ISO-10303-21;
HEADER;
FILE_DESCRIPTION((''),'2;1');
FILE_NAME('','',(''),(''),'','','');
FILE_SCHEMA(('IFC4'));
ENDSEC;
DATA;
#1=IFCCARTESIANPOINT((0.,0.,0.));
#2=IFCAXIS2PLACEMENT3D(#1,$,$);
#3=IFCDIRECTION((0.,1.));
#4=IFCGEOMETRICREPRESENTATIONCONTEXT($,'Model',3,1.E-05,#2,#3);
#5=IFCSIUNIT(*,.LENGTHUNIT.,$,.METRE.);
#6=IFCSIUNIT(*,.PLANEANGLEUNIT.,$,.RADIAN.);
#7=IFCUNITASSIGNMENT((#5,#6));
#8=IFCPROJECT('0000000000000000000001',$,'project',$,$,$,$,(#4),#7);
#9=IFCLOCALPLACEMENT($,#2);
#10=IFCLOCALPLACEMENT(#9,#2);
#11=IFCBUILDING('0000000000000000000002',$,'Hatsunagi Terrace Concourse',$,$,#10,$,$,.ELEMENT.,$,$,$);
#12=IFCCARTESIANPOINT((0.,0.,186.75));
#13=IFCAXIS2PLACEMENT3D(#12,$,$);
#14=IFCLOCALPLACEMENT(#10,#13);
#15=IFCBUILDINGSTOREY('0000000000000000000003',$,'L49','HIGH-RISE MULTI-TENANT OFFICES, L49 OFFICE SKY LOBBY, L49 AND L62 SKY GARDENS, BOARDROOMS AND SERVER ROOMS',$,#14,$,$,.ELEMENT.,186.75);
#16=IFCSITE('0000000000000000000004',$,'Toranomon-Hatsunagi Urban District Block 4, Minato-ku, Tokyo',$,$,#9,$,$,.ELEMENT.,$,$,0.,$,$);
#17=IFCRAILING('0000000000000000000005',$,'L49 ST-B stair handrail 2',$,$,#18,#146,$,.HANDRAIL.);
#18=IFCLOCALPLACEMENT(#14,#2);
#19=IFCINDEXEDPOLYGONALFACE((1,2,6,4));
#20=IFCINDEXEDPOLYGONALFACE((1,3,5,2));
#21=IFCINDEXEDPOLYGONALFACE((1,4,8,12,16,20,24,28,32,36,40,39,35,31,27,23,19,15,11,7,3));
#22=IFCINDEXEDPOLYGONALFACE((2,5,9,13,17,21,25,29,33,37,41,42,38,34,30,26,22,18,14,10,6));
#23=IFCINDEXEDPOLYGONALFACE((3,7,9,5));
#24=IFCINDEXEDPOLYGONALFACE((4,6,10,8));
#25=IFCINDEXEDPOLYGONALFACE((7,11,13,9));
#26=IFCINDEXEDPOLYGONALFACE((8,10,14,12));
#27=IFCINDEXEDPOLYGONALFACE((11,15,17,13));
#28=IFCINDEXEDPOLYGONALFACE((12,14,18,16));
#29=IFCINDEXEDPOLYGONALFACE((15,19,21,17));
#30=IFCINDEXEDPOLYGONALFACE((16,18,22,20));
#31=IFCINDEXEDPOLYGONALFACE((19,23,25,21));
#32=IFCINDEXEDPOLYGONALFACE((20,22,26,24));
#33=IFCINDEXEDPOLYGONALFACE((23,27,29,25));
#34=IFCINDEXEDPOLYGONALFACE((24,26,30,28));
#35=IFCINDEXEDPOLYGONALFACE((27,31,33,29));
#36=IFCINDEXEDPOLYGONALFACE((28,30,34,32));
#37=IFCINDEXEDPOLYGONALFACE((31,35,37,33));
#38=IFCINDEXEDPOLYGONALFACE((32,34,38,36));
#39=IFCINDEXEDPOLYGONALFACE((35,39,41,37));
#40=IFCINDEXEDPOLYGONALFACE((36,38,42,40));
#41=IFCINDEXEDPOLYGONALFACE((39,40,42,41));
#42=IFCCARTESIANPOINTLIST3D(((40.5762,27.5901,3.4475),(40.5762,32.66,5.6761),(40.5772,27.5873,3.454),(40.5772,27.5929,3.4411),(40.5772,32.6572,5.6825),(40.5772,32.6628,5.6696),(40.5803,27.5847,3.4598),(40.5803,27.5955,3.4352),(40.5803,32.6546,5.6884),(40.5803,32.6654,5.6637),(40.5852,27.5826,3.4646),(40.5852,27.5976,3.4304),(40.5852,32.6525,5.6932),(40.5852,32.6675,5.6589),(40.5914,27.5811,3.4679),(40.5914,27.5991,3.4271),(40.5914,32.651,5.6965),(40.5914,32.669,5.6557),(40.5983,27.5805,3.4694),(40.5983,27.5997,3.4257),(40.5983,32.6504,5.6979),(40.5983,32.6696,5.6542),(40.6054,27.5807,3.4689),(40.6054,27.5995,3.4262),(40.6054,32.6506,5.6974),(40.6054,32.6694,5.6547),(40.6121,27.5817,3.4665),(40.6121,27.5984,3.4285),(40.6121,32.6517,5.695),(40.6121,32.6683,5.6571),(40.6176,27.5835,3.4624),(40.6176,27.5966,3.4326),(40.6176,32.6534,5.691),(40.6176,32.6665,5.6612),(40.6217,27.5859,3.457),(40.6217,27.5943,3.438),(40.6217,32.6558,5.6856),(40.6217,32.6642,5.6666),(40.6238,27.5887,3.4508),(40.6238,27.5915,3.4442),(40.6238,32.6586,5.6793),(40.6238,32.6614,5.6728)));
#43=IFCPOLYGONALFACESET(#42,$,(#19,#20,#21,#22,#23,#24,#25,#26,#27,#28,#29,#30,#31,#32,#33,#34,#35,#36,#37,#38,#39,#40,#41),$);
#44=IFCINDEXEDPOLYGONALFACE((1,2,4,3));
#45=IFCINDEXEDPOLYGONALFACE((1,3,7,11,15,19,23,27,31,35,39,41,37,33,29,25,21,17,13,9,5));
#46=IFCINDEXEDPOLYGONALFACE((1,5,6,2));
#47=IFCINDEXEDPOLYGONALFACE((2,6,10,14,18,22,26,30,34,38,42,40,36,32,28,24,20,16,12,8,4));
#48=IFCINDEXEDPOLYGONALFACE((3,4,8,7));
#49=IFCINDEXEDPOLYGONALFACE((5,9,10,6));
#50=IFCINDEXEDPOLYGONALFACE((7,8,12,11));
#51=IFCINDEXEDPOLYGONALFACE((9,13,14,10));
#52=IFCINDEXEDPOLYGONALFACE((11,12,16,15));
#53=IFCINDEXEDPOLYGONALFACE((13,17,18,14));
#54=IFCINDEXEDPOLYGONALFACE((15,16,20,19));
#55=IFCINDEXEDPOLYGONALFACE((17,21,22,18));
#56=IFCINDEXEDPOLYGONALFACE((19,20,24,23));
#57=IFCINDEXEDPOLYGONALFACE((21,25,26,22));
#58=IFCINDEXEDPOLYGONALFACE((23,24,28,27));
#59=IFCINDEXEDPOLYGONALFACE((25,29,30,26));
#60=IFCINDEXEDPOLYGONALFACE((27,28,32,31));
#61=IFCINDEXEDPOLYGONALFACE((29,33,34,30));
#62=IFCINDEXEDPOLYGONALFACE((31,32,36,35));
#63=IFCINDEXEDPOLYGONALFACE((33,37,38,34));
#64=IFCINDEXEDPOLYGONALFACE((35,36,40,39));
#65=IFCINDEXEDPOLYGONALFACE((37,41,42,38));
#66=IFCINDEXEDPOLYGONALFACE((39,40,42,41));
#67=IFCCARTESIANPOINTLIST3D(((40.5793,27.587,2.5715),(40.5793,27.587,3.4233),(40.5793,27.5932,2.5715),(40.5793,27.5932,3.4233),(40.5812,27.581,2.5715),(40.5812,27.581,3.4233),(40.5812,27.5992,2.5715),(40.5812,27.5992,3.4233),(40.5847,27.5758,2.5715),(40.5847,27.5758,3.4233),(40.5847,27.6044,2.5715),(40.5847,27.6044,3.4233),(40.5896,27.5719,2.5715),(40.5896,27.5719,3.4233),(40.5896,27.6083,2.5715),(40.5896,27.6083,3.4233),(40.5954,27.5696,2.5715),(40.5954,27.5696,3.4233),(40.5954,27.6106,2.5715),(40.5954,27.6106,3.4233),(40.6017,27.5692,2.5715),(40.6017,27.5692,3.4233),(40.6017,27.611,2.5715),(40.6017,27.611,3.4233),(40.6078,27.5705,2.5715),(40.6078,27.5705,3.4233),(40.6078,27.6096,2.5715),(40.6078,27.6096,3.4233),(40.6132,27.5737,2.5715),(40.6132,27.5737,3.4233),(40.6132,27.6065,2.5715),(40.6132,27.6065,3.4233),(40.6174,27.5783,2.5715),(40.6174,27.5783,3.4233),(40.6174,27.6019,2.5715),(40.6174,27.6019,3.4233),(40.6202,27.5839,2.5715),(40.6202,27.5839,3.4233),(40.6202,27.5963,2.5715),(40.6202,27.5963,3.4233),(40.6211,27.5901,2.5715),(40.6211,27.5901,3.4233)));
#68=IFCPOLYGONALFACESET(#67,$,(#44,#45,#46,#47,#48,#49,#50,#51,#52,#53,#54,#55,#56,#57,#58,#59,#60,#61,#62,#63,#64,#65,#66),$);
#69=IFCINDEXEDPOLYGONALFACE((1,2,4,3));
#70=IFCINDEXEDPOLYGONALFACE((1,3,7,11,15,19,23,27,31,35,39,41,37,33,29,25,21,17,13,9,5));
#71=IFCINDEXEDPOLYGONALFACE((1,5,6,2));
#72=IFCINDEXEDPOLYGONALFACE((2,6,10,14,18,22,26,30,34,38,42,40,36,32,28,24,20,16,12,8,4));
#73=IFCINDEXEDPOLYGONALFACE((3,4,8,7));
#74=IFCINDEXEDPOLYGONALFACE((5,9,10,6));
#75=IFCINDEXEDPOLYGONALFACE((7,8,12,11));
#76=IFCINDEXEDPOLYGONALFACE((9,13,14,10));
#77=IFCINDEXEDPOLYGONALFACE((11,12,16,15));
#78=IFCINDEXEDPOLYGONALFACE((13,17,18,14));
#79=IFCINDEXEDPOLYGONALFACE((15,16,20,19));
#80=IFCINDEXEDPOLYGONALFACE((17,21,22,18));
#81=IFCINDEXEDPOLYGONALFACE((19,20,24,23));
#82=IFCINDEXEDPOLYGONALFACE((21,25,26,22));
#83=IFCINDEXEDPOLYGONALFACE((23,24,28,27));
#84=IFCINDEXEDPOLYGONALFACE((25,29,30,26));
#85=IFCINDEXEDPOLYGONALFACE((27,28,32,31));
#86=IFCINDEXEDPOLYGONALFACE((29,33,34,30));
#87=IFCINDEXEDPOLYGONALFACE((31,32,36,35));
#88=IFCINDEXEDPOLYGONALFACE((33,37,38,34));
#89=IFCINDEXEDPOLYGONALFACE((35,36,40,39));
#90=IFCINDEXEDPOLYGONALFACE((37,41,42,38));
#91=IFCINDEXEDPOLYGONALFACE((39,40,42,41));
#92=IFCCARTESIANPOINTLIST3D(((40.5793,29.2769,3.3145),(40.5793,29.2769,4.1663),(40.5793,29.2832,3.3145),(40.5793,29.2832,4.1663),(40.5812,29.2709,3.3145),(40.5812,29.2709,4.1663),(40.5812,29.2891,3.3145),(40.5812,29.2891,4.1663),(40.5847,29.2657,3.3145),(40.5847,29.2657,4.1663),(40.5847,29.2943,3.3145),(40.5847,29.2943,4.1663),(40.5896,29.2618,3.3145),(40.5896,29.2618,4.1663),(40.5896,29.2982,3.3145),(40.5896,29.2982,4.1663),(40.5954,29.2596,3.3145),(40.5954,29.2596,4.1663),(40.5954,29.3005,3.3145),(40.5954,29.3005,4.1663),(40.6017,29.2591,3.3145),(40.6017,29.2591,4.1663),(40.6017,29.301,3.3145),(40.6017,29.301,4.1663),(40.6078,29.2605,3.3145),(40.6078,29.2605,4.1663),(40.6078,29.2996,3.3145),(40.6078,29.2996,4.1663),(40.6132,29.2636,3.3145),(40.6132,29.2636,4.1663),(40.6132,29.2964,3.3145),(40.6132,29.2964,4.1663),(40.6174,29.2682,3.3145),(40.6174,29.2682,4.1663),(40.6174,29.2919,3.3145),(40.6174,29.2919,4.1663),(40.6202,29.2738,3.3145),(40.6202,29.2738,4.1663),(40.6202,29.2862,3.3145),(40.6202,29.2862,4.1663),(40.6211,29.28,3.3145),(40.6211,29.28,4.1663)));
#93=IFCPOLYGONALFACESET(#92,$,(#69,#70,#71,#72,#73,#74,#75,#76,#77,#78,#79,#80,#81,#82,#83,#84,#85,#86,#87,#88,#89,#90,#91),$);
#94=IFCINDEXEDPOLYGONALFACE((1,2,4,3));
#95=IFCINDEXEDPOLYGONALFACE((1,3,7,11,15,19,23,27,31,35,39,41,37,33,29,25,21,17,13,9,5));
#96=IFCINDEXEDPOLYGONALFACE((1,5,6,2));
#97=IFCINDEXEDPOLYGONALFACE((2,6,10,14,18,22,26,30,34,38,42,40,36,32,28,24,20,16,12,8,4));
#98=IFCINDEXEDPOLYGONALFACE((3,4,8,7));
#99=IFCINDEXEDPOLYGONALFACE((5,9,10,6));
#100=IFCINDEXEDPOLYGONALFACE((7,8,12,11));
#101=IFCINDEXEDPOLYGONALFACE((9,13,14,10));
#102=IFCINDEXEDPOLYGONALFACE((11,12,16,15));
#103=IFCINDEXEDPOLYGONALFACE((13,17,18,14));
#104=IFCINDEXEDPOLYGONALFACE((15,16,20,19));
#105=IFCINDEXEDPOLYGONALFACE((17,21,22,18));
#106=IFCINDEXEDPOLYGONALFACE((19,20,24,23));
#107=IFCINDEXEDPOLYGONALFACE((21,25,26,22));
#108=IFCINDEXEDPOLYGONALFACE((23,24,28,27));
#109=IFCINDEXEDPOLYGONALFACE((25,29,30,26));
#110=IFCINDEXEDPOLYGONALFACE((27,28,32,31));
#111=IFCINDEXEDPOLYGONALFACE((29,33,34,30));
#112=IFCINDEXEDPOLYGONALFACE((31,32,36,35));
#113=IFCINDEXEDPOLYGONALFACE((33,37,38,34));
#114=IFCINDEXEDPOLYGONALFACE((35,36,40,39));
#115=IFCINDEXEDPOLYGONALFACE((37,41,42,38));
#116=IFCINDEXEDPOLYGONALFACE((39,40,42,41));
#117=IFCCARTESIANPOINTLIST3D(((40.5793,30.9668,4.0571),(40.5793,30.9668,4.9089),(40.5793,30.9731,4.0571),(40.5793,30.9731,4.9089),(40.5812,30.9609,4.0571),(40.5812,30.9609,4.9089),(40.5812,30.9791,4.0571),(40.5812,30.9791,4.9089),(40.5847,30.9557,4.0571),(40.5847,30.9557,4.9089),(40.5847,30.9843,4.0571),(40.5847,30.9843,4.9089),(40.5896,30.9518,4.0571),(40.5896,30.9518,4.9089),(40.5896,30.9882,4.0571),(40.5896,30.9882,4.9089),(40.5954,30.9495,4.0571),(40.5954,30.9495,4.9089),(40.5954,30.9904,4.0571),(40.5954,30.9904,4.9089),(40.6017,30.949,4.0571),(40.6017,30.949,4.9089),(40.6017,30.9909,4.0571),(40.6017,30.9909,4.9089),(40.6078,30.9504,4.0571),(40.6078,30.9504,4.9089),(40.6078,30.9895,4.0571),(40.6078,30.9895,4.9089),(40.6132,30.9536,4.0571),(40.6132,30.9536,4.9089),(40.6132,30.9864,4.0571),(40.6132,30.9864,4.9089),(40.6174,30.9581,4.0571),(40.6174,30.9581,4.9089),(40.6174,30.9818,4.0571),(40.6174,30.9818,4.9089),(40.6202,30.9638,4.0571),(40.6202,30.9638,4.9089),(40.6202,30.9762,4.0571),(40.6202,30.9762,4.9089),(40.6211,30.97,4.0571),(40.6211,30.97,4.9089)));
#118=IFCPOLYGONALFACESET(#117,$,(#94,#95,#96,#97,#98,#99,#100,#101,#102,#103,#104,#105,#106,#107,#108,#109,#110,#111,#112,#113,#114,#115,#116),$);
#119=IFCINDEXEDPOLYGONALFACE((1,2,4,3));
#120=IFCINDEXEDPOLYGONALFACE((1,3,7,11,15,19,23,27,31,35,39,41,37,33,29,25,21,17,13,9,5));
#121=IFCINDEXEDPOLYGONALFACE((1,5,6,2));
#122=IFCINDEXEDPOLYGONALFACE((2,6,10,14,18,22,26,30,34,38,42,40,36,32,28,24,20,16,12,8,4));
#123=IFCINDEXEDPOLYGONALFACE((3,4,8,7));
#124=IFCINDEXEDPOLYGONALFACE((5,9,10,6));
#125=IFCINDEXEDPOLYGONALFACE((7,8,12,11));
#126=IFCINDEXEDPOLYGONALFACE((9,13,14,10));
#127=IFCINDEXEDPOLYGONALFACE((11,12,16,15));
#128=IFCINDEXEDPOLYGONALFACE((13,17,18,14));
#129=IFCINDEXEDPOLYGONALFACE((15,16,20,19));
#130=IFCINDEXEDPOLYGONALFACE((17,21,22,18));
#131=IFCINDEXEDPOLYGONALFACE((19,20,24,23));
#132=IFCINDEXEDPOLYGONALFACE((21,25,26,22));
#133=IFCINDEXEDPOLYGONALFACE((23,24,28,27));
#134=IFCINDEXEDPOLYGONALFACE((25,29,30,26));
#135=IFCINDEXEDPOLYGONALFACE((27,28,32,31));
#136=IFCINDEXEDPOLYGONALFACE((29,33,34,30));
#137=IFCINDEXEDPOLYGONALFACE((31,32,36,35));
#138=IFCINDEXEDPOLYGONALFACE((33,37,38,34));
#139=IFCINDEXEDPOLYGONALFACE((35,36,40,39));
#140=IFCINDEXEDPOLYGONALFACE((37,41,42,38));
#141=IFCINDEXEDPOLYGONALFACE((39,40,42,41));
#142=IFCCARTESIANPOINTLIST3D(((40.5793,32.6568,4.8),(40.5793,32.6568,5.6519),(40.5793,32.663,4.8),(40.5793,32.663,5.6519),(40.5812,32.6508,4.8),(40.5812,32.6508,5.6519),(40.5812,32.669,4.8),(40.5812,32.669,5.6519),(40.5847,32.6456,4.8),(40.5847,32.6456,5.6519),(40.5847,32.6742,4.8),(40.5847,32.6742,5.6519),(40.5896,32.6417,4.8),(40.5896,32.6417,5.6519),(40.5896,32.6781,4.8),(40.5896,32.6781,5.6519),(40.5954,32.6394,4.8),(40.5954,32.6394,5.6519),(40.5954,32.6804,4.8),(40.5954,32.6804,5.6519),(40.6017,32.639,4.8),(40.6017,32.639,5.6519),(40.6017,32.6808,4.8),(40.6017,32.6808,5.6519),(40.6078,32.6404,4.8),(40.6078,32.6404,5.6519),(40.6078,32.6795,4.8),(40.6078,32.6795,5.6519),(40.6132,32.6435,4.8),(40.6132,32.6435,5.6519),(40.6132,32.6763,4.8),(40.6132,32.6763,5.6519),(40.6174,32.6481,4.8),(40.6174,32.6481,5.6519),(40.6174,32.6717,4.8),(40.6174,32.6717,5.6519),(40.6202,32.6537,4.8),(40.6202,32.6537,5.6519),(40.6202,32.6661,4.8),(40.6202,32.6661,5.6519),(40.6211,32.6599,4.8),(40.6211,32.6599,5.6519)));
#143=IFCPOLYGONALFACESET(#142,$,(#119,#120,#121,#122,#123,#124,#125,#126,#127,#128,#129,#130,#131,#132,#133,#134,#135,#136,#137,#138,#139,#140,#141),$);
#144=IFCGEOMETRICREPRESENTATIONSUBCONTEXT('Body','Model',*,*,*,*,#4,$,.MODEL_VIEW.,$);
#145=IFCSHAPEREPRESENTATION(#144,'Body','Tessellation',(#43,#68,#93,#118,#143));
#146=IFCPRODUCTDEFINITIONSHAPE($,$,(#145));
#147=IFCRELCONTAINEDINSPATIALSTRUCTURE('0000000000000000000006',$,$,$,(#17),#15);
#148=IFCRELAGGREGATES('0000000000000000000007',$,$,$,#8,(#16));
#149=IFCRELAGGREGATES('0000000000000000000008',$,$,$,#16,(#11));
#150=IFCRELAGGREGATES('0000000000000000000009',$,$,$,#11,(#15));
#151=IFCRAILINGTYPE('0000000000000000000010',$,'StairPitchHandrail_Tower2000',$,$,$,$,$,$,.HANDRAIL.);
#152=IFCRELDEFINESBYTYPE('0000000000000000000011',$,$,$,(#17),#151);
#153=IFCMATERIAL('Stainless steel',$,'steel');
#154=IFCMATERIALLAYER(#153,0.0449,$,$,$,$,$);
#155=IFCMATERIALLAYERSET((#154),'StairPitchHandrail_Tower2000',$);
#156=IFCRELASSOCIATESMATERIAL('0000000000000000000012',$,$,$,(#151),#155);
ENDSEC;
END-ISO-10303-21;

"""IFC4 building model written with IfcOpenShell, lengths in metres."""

from ifc_helpers import new_model, si_unit, direction, frame, origin, origin_2d, place, context, subcontext, project, spatial, circle, extrude, material, layer, layer_set, type_object, element, save


model = new_model("IFC4")

# Units and contexts
model_context = context("Model", 3, precision=1e-05, world=origin(), true_north=direction((0.0, 1.0)))
body_context = subcontext(model_context, "Body", "Model", "MODEL_VIEW")
ifc_project = project(units=[si_unit("LENGTHUNIT", "METRE"), si_unit("PLANEANGLEUNIT", "RADIAN")], contexts=[model_context])

# Site, building, storey
site_placement = place(None, origin())
site = spatial("IfcSite", under=ifc_project, at=site_placement, Name="Toranomon-Hatsunagi Urban District Block 4, Minato-ku, Tokyo", CompositionType="ELEMENT", RefElevation=0.0)
building_placement = place(site_placement, origin())
building = spatial("IfcBuilding", under=site, at=building_placement, Name="Hatsunagi Terrace Concourse", CompositionType="ELEMENT")
storey_placement = place(building_placement, frame((0.0, 0.0, 186.75)))
storey = spatial("IfcBuildingStorey", under=building, at=storey_placement, Name="L49", Description="HIGH-RISE MULTI-TENANT OFFICES, L49 OFFICE SKY LOBBY, L49 AND L62 SKY GARDENS, BOARDROOMS AND SERVER ROOMS", CompositionType="ELEMENT", Elevation=186.75)

# Railing
ifc_material_1 = material(Name="Stainless steel", Category="steel")
ifc_layer_1 = layer(ifc_material_1, 0.0449)
ifc_layer_set_1 = layer_set([ifc_layer_1], Name="StairPitchHandrail_Tower2000")
railing_type_1 = type_object("IfcRailingType", Name="StairPitchHandrail_Tower2000", PredefinedType="HANDRAIL", material=ifc_layer_set_1)
railing_1_placement = place(storey_placement, frame((40.6001, 27.5901, 2.5715)))
element("IfcRailing", 1, at=railing_1_placement, inside=storey, type_object=railing_type_1, Name="L49 ST-B stair handrail 2", PredefinedType="HANDRAIL", context=body_context, shape_type="SweptSolid", body=[
    extrude(circle(Radius=0.0239, at=origin_2d()), frame((0.0, 0.0, 0.876), z_axis=(0.0, 0.915462, 0.402405), x_axis=(-1.0, 0.0, 0.0)), (0.0, 0.0, 1.0), 5.5381),
    extrude(circle(Radius=0.021, at=origin_2d()), origin(), (0.0, 0.0, 1.0), 0.8518),
    extrude(circle(Radius=0.021, at=origin_2d()), frame((0.0, 1.6899, 0.7429)), (0.0, 0.0, 1.0), 0.8518),
    extrude(circle(Radius=0.021, at=origin_2d()), frame((0.0, 3.3799, 1.4856)), (0.0, 0.0, 1.0), 0.8518),
    extrude(circle(Radius=0.021, at=origin_2d()), frame((0.0, 5.0698, 2.2285)), (0.0, 0.0, 1.0), 0.8518),
])

save(model, "model.ifc")
